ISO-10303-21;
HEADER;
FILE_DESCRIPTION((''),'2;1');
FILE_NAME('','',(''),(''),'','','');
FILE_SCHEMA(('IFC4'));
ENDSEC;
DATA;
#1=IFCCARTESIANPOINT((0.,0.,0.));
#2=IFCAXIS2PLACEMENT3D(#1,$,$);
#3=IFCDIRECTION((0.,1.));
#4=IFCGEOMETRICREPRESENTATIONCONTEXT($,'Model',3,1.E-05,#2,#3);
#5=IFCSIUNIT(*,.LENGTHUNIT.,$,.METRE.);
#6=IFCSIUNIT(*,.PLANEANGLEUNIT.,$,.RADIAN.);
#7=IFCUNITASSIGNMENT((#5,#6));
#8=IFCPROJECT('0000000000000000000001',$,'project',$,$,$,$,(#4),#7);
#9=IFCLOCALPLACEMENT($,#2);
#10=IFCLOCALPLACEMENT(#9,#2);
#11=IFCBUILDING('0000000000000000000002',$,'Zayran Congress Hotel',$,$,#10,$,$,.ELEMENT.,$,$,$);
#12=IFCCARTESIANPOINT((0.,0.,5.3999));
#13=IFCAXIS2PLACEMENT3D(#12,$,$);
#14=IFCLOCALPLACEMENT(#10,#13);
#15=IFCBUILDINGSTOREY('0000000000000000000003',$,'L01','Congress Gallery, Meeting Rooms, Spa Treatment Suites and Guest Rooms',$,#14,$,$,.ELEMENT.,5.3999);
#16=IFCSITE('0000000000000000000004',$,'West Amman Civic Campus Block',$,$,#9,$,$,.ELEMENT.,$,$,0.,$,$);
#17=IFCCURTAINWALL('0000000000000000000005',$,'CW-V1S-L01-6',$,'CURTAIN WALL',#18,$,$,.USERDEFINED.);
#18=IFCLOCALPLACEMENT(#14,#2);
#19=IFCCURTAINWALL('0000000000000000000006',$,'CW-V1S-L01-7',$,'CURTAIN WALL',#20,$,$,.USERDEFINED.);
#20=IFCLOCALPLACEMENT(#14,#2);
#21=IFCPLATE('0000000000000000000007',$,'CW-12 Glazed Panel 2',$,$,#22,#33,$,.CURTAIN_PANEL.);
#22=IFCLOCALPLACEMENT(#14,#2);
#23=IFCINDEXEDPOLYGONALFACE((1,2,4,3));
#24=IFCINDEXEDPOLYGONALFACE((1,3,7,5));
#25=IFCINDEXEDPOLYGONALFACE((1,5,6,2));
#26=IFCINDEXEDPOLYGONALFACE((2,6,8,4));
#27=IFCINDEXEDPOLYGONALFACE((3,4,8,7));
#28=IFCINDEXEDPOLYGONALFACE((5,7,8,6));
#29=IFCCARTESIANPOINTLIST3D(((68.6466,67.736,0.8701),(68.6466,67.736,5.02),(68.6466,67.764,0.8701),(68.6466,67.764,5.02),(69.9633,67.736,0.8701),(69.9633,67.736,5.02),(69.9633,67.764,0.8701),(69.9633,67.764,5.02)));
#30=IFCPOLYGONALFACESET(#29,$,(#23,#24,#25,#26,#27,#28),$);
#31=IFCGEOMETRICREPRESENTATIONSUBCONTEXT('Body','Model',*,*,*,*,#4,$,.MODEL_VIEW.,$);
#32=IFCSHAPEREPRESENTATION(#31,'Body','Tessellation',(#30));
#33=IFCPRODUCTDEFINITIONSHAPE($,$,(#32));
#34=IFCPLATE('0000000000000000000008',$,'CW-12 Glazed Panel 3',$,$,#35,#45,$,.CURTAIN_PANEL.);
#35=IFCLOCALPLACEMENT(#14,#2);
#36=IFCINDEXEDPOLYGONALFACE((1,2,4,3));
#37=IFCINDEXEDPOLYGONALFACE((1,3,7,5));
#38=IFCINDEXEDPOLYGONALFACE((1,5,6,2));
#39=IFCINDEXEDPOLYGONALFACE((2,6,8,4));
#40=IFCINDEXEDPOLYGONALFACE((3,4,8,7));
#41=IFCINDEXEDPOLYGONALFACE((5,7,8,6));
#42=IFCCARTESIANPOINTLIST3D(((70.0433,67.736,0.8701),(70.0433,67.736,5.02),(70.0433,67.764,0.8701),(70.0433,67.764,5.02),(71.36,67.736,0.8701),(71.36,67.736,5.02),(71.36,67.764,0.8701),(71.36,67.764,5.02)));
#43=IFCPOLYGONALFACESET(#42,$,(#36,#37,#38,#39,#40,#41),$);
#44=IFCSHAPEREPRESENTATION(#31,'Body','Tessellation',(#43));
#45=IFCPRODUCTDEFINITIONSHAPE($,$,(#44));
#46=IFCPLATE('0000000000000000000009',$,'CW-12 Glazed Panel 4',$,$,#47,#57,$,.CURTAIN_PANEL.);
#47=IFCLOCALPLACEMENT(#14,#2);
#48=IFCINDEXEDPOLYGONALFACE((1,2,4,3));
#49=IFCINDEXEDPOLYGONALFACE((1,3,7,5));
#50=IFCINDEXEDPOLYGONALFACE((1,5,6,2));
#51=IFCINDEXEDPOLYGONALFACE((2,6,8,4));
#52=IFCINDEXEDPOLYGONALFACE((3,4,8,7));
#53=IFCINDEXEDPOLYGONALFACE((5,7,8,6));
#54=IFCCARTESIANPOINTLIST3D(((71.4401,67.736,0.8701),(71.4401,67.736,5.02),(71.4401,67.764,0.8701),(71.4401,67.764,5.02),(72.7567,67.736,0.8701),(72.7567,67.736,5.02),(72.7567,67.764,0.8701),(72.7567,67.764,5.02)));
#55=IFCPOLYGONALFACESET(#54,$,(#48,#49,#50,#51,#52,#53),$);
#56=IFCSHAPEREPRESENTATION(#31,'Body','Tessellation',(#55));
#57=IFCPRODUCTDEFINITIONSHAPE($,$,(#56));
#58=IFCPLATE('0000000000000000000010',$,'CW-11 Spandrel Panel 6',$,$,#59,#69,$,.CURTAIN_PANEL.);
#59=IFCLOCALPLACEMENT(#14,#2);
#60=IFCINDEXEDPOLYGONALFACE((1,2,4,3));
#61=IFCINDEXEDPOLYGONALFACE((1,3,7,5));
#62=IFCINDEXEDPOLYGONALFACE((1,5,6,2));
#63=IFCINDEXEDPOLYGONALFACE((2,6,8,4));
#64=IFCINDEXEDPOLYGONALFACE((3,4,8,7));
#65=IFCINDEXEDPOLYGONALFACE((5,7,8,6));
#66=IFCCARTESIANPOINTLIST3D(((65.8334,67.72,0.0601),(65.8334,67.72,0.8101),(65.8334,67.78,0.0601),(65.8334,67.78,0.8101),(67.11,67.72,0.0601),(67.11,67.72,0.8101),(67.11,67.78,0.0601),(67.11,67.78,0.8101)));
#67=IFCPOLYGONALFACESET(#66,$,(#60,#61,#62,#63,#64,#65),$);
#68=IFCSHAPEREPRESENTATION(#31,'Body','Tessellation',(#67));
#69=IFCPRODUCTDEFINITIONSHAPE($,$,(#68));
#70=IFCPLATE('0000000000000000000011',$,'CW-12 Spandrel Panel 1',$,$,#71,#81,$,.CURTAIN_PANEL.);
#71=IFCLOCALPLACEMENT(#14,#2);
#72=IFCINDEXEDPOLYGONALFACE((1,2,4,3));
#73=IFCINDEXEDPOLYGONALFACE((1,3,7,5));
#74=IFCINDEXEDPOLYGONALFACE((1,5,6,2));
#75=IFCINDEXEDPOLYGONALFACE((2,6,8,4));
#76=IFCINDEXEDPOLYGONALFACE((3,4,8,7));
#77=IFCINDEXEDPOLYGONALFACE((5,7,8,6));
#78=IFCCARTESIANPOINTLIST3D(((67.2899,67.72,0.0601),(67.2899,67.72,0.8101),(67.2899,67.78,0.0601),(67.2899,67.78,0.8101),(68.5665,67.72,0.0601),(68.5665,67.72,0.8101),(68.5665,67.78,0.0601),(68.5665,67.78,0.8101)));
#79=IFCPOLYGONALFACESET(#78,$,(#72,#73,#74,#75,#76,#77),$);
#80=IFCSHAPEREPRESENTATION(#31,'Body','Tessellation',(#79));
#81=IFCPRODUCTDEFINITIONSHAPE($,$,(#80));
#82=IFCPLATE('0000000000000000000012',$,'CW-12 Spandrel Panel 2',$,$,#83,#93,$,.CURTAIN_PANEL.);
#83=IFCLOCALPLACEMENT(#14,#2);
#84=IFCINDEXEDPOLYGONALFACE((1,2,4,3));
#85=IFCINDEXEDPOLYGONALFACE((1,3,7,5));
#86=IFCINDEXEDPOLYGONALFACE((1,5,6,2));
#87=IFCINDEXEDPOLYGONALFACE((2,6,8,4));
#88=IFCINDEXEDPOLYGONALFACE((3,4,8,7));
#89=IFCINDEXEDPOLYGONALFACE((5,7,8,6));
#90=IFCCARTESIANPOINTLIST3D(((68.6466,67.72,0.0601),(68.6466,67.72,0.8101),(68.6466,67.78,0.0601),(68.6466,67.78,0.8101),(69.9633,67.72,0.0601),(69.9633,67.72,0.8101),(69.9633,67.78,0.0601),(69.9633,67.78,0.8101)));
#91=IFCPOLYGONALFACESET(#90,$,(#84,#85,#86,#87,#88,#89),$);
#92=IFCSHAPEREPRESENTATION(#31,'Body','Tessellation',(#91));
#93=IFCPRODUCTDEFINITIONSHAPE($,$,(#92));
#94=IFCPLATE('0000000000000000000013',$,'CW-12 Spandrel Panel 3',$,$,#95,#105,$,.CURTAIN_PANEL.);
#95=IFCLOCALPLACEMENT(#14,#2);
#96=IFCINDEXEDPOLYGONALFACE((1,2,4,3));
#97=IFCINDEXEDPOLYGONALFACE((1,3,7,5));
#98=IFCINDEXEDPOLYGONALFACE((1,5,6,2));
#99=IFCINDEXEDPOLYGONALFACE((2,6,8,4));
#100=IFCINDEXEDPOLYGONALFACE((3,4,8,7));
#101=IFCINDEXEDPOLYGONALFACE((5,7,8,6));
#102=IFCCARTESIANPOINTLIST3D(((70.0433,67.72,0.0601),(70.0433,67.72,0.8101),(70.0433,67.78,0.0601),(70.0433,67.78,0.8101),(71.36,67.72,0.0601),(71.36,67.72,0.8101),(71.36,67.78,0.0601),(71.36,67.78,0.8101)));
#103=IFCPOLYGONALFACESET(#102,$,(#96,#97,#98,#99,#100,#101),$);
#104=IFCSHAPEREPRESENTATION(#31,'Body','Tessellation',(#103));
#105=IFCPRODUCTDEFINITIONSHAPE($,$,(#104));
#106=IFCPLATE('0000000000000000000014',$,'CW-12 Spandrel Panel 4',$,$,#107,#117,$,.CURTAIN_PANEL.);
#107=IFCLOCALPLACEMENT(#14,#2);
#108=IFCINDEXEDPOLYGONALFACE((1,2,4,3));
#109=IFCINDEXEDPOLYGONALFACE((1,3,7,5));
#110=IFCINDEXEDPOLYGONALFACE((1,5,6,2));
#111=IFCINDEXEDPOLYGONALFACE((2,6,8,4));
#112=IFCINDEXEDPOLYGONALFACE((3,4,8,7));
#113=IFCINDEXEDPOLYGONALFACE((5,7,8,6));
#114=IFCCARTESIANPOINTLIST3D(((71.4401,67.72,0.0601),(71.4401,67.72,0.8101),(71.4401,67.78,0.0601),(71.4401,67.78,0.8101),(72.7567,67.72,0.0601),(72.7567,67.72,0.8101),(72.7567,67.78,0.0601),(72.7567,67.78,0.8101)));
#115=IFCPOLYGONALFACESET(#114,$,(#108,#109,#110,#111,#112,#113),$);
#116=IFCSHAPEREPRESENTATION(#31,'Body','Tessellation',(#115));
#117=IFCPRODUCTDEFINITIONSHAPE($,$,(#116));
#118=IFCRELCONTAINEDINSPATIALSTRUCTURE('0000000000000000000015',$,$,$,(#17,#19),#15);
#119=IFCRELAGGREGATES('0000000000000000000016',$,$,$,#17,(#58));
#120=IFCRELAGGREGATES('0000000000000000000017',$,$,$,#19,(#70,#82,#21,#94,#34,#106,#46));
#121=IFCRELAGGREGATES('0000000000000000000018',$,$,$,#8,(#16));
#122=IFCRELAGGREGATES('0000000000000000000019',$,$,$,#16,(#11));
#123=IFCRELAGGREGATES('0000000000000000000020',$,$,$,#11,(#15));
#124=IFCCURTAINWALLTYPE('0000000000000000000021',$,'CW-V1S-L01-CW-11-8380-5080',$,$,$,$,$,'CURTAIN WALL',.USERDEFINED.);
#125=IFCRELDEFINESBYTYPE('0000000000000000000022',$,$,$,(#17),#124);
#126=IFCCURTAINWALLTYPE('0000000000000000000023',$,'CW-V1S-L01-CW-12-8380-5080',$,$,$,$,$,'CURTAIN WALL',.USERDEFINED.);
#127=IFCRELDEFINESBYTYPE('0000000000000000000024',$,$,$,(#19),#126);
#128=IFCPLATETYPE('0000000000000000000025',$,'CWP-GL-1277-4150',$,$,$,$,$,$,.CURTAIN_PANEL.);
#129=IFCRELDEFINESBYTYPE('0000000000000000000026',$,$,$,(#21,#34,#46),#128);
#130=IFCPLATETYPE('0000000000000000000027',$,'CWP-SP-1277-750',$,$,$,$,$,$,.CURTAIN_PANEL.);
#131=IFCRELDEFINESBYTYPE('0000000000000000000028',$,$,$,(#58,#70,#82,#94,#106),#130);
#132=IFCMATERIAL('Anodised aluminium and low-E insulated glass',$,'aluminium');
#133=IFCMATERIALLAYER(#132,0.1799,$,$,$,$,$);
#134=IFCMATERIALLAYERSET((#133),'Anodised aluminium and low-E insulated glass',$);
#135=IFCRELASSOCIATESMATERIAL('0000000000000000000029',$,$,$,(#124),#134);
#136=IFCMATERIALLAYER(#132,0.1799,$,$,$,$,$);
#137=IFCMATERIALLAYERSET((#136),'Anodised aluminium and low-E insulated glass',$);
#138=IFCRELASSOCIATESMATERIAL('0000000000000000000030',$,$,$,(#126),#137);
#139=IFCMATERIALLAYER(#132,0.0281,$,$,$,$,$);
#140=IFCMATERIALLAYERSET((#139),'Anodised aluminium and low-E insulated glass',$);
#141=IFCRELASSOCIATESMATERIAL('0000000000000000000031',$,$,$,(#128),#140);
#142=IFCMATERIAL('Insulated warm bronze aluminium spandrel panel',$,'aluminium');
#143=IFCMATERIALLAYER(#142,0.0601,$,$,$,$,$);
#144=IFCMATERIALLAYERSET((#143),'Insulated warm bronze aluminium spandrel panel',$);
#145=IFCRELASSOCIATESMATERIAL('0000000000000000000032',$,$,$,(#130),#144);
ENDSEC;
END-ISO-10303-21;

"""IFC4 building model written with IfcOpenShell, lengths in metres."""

from ifc_helpers import new_model, si_unit, direction, frame, origin, origin_2d, place, context, subcontext, project, spatial, rectangle, extrude, material, layer, layer_set, type_object, element, aggregate, save


model = new_model("IFC4")

# Units and contexts
model_context = context("Model", 3, precision=1e-05, world=origin(), true_north=direction((0.0, 1.0)))
body_context = subcontext(model_context, "Body", "Model", "MODEL_VIEW")
ifc_project = project(units=[si_unit("LENGTHUNIT", "METRE"), si_unit("PLANEANGLEUNIT", "RADIAN")], contexts=[model_context])

# Site, building, storey
site_placement = place(None, origin())
site = spatial("IfcSite", under=ifc_project, at=site_placement, Name="West Amman Civic Campus Block", CompositionType="ELEMENT", RefElevation=0.0)
building_placement = place(site_placement, origin())
building = spatial("IfcBuilding", under=site, at=building_placement, Name="Zayran Congress Hotel", CompositionType="ELEMENT")
storey_placement = place(building_placement, frame((0.0, 0.0, 5.3999)))
storey = spatial("IfcBuildingStorey", under=building, at=storey_placement, Name="L01", Description="Congress Gallery, Meeting Rooms, Spa Treatment Suites and Guest Rooms", CompositionType="ELEMENT", Elevation=5.3999)

# Curtain wall
ifc_material_1 = material(Name="Anodised aluminium and low-E insulated glass", Category="aluminium")
ifc_layer_1 = layer(ifc_material_1, 0.1799)
ifc_layer_set_1 = layer_set([ifc_layer_1], Name="Anodised aluminium and low-E insulated glass")
curtain_wall_type_1 = type_object("IfcCurtainWallType", Name="CW-V1S-L01-CW-11-8380-5080", ElementType="CURTAIN WALL", PredefinedType="USERDEFINED", material=ifc_layer_set_1)
curtain_wall_1_placement = place(storey_placement, origin())
curtain_wall_1 = element("IfcCurtainWall", 1, at=curtain_wall_1_placement, inside=storey, type_object=curtain_wall_type_1, Name="CW-V1S-L01-6", ObjectType="CURTAIN WALL", PredefinedType="USERDEFINED")

# Curtain wall
ifc_layer_2 = layer(ifc_material_1, 0.1799)
ifc_layer_set_2 = layer_set([ifc_layer_2], Name="Anodised aluminium and low-E insulated glass")
curtain_wall_type_2 = type_object("IfcCurtainWallType", Name="CW-V1S-L01-CW-12-8380-5080", ElementType="CURTAIN WALL", PredefinedType="USERDEFINED", material=ifc_layer_set_2)
curtain_wall_2_placement = place(storey_placement, origin())
curtain_wall_2 = element("IfcCurtainWall", 2, at=curtain_wall_2_placement, inside=storey, type_object=curtain_wall_type_2, Name="CW-V1S-L01-7", ObjectType="CURTAIN WALL", PredefinedType="USERDEFINED")

# Plates
ifc_layer_3 = layer(ifc_material_1, 0.0281)
ifc_layer_set_3 = layer_set([ifc_layer_3], Name="Anodised aluminium and low-E insulated glass")
plate_type_1 = type_object("IfcPlateType", Name="CWP-GL-1277-4150", PredefinedType="CURTAIN_PANEL", material=ifc_layer_set_3)
plate_1_placement = place(storey_placement, frame((69.3049, 67.75, 0.8701), z_axis=(0.0, 0.0, 1.0), x_axis=(1.0, 0.0, 0.0)))
plate_1 = element("IfcPlate", 3, at=plate_1_placement, type_object=plate_type_1, Name="CW-12 Glazed Panel 2", PredefinedType="CURTAIN_PANEL", context=body_context, shape_type="SweptSolid", body=[
    extrude(rectangle(XDim=1.3167, YDim=0.0281, at=origin_2d()), origin(), (0.0, 0.0, 1.0), 4.1499),
])
plate_2_placement = place(storey_placement, frame((70.7017, 67.75, 0.8701), z_axis=(0.0, 0.0, 1.0), x_axis=(1.0, 0.0, 0.0)))
plate_2 = element("IfcPlate", 4, at=plate_2_placement, type_object=plate_type_1, Name="CW-12 Glazed Panel 3", PredefinedType="CURTAIN_PANEL", context=body_context, shape_type="SweptSolid", body=[
    extrude(rectangle(XDim=1.3167, YDim=0.0281, at=origin_2d()), origin(), (0.0, 0.0, 1.0), 4.1499),
])
plate_3_placement = place(storey_placement, frame((72.0984, 67.75, 0.8701), z_axis=(0.0, 0.0, 1.0), x_axis=(1.0, 0.0, 0.0)))
plate_3 = element("IfcPlate", 5, at=plate_3_placement, type_object=plate_type_1, Name="CW-12 Glazed Panel 4", PredefinedType="CURTAIN_PANEL", context=body_context, shape_type="SweptSolid", body=[
    extrude(rectangle(XDim=1.3167, YDim=0.0281, at=origin_2d()), origin(), (0.0, 0.0, 1.0), 4.1499),
])
ifc_material_2 = material(Name="Insulated warm bronze aluminium spandrel panel", Category="aluminium")
ifc_layer_4 = layer(ifc_material_2, 0.0601)
ifc_layer_set_4 = layer_set([ifc_layer_4], Name="Insulated warm bronze aluminium spandrel panel")
plate_type_2 = type_object("IfcPlateType", Name="CWP-SP-1277-750", PredefinedType="CURTAIN_PANEL", material=ifc_layer_set_4)
plate_4_placement = place(storey_placement, frame((66.4717, 67.75, 0.0601), z_axis=(0.0, 0.0, 1.0), x_axis=(1.0, 0.0, 0.0)))
plate_4 = element("IfcPlate", 6, at=plate_4_placement, type_object=plate_type_2, Name="CW-11 Spandrel Panel 6", PredefinedType="CURTAIN_PANEL", context=body_context, shape_type="SweptSolid", body=[
    extrude(rectangle(XDim=1.2766, YDim=0.0601, at=origin_2d()), origin(), (0.0, 0.0, 1.0), 0.75),
])
aggregate(curtain_wall_1, [plate_4])
plate_5_placement = place(storey_placement, frame((67.9282, 67.75, 0.0601), z_axis=(0.0, 0.0, 1.0), x_axis=(1.0, 0.0, 0.0)))
plate_5 = element("IfcPlate", 7, at=plate_5_placement, type_object=plate_type_2, Name="CW-12 Spandrel Panel 1", PredefinedType="CURTAIN_PANEL", context=body_context, shape_type="SweptSolid", body=[
    extrude(rectangle(XDim=1.2766, YDim=0.0601, at=origin_2d()), origin(), (0.0, 0.0, 1.0), 0.75),
])
plate_6_placement = place(storey_placement, frame((69.3049, 67.75, 0.0601), z_axis=(0.0, 0.0, 1.0), x_axis=(1.0, 0.0, 0.0)))
plate_6 = element("IfcPlate", 8, at=plate_6_placement, type_object=plate_type_2, Name="CW-12 Spandrel Panel 2", PredefinedType="CURTAIN_PANEL", context=body_context, shape_type="SweptSolid", body=[
    extrude(rectangle(XDim=1.3167, YDim=0.0601, at=origin_2d()), origin(), (0.0, 0.0, 1.0), 0.75),
])
plate_7_placement = place(storey_placement, frame((70.7017, 67.75, 0.0601), z_axis=(0.0, 0.0, 1.0), x_axis=(1.0, 0.0, 0.0)))
plate_7 = element("IfcPlate", 9, at=plate_7_placement, type_object=plate_type_2, Name="CW-12 Spandrel Panel 3", PredefinedType="CURTAIN_PANEL", context=body_context, shape_type="SweptSolid", body=[
    extrude(rectangle(XDim=1.3167, YDim=0.0601, at=origin_2d()), origin(), (0.0, 0.0, 1.0), 0.75),
])
plate_8_placement = place(storey_placement, frame((72.0984, 67.75, 0.0601), z_axis=(0.0, 0.0, 1.0), x_axis=(1.0, 0.0, 0.0)))
plate_8 = element("IfcPlate", 10, at=plate_8_placement, type_object=plate_type_2, Name="CW-12 Spandrel Panel 4", PredefinedType="CURTAIN_PANEL", context=body_context, shape_type="SweptSolid", body=[
    extrude(rectangle(XDim=1.3167, YDim=0.0601, at=origin_2d()), origin(), (0.0, 0.0, 1.0), 0.75),
])
aggregate(curtain_wall_2, [plate_5, plate_6, plate_1, plate_7, plate_2, plate_8, plate_3])

save(model, "model.ifc")
